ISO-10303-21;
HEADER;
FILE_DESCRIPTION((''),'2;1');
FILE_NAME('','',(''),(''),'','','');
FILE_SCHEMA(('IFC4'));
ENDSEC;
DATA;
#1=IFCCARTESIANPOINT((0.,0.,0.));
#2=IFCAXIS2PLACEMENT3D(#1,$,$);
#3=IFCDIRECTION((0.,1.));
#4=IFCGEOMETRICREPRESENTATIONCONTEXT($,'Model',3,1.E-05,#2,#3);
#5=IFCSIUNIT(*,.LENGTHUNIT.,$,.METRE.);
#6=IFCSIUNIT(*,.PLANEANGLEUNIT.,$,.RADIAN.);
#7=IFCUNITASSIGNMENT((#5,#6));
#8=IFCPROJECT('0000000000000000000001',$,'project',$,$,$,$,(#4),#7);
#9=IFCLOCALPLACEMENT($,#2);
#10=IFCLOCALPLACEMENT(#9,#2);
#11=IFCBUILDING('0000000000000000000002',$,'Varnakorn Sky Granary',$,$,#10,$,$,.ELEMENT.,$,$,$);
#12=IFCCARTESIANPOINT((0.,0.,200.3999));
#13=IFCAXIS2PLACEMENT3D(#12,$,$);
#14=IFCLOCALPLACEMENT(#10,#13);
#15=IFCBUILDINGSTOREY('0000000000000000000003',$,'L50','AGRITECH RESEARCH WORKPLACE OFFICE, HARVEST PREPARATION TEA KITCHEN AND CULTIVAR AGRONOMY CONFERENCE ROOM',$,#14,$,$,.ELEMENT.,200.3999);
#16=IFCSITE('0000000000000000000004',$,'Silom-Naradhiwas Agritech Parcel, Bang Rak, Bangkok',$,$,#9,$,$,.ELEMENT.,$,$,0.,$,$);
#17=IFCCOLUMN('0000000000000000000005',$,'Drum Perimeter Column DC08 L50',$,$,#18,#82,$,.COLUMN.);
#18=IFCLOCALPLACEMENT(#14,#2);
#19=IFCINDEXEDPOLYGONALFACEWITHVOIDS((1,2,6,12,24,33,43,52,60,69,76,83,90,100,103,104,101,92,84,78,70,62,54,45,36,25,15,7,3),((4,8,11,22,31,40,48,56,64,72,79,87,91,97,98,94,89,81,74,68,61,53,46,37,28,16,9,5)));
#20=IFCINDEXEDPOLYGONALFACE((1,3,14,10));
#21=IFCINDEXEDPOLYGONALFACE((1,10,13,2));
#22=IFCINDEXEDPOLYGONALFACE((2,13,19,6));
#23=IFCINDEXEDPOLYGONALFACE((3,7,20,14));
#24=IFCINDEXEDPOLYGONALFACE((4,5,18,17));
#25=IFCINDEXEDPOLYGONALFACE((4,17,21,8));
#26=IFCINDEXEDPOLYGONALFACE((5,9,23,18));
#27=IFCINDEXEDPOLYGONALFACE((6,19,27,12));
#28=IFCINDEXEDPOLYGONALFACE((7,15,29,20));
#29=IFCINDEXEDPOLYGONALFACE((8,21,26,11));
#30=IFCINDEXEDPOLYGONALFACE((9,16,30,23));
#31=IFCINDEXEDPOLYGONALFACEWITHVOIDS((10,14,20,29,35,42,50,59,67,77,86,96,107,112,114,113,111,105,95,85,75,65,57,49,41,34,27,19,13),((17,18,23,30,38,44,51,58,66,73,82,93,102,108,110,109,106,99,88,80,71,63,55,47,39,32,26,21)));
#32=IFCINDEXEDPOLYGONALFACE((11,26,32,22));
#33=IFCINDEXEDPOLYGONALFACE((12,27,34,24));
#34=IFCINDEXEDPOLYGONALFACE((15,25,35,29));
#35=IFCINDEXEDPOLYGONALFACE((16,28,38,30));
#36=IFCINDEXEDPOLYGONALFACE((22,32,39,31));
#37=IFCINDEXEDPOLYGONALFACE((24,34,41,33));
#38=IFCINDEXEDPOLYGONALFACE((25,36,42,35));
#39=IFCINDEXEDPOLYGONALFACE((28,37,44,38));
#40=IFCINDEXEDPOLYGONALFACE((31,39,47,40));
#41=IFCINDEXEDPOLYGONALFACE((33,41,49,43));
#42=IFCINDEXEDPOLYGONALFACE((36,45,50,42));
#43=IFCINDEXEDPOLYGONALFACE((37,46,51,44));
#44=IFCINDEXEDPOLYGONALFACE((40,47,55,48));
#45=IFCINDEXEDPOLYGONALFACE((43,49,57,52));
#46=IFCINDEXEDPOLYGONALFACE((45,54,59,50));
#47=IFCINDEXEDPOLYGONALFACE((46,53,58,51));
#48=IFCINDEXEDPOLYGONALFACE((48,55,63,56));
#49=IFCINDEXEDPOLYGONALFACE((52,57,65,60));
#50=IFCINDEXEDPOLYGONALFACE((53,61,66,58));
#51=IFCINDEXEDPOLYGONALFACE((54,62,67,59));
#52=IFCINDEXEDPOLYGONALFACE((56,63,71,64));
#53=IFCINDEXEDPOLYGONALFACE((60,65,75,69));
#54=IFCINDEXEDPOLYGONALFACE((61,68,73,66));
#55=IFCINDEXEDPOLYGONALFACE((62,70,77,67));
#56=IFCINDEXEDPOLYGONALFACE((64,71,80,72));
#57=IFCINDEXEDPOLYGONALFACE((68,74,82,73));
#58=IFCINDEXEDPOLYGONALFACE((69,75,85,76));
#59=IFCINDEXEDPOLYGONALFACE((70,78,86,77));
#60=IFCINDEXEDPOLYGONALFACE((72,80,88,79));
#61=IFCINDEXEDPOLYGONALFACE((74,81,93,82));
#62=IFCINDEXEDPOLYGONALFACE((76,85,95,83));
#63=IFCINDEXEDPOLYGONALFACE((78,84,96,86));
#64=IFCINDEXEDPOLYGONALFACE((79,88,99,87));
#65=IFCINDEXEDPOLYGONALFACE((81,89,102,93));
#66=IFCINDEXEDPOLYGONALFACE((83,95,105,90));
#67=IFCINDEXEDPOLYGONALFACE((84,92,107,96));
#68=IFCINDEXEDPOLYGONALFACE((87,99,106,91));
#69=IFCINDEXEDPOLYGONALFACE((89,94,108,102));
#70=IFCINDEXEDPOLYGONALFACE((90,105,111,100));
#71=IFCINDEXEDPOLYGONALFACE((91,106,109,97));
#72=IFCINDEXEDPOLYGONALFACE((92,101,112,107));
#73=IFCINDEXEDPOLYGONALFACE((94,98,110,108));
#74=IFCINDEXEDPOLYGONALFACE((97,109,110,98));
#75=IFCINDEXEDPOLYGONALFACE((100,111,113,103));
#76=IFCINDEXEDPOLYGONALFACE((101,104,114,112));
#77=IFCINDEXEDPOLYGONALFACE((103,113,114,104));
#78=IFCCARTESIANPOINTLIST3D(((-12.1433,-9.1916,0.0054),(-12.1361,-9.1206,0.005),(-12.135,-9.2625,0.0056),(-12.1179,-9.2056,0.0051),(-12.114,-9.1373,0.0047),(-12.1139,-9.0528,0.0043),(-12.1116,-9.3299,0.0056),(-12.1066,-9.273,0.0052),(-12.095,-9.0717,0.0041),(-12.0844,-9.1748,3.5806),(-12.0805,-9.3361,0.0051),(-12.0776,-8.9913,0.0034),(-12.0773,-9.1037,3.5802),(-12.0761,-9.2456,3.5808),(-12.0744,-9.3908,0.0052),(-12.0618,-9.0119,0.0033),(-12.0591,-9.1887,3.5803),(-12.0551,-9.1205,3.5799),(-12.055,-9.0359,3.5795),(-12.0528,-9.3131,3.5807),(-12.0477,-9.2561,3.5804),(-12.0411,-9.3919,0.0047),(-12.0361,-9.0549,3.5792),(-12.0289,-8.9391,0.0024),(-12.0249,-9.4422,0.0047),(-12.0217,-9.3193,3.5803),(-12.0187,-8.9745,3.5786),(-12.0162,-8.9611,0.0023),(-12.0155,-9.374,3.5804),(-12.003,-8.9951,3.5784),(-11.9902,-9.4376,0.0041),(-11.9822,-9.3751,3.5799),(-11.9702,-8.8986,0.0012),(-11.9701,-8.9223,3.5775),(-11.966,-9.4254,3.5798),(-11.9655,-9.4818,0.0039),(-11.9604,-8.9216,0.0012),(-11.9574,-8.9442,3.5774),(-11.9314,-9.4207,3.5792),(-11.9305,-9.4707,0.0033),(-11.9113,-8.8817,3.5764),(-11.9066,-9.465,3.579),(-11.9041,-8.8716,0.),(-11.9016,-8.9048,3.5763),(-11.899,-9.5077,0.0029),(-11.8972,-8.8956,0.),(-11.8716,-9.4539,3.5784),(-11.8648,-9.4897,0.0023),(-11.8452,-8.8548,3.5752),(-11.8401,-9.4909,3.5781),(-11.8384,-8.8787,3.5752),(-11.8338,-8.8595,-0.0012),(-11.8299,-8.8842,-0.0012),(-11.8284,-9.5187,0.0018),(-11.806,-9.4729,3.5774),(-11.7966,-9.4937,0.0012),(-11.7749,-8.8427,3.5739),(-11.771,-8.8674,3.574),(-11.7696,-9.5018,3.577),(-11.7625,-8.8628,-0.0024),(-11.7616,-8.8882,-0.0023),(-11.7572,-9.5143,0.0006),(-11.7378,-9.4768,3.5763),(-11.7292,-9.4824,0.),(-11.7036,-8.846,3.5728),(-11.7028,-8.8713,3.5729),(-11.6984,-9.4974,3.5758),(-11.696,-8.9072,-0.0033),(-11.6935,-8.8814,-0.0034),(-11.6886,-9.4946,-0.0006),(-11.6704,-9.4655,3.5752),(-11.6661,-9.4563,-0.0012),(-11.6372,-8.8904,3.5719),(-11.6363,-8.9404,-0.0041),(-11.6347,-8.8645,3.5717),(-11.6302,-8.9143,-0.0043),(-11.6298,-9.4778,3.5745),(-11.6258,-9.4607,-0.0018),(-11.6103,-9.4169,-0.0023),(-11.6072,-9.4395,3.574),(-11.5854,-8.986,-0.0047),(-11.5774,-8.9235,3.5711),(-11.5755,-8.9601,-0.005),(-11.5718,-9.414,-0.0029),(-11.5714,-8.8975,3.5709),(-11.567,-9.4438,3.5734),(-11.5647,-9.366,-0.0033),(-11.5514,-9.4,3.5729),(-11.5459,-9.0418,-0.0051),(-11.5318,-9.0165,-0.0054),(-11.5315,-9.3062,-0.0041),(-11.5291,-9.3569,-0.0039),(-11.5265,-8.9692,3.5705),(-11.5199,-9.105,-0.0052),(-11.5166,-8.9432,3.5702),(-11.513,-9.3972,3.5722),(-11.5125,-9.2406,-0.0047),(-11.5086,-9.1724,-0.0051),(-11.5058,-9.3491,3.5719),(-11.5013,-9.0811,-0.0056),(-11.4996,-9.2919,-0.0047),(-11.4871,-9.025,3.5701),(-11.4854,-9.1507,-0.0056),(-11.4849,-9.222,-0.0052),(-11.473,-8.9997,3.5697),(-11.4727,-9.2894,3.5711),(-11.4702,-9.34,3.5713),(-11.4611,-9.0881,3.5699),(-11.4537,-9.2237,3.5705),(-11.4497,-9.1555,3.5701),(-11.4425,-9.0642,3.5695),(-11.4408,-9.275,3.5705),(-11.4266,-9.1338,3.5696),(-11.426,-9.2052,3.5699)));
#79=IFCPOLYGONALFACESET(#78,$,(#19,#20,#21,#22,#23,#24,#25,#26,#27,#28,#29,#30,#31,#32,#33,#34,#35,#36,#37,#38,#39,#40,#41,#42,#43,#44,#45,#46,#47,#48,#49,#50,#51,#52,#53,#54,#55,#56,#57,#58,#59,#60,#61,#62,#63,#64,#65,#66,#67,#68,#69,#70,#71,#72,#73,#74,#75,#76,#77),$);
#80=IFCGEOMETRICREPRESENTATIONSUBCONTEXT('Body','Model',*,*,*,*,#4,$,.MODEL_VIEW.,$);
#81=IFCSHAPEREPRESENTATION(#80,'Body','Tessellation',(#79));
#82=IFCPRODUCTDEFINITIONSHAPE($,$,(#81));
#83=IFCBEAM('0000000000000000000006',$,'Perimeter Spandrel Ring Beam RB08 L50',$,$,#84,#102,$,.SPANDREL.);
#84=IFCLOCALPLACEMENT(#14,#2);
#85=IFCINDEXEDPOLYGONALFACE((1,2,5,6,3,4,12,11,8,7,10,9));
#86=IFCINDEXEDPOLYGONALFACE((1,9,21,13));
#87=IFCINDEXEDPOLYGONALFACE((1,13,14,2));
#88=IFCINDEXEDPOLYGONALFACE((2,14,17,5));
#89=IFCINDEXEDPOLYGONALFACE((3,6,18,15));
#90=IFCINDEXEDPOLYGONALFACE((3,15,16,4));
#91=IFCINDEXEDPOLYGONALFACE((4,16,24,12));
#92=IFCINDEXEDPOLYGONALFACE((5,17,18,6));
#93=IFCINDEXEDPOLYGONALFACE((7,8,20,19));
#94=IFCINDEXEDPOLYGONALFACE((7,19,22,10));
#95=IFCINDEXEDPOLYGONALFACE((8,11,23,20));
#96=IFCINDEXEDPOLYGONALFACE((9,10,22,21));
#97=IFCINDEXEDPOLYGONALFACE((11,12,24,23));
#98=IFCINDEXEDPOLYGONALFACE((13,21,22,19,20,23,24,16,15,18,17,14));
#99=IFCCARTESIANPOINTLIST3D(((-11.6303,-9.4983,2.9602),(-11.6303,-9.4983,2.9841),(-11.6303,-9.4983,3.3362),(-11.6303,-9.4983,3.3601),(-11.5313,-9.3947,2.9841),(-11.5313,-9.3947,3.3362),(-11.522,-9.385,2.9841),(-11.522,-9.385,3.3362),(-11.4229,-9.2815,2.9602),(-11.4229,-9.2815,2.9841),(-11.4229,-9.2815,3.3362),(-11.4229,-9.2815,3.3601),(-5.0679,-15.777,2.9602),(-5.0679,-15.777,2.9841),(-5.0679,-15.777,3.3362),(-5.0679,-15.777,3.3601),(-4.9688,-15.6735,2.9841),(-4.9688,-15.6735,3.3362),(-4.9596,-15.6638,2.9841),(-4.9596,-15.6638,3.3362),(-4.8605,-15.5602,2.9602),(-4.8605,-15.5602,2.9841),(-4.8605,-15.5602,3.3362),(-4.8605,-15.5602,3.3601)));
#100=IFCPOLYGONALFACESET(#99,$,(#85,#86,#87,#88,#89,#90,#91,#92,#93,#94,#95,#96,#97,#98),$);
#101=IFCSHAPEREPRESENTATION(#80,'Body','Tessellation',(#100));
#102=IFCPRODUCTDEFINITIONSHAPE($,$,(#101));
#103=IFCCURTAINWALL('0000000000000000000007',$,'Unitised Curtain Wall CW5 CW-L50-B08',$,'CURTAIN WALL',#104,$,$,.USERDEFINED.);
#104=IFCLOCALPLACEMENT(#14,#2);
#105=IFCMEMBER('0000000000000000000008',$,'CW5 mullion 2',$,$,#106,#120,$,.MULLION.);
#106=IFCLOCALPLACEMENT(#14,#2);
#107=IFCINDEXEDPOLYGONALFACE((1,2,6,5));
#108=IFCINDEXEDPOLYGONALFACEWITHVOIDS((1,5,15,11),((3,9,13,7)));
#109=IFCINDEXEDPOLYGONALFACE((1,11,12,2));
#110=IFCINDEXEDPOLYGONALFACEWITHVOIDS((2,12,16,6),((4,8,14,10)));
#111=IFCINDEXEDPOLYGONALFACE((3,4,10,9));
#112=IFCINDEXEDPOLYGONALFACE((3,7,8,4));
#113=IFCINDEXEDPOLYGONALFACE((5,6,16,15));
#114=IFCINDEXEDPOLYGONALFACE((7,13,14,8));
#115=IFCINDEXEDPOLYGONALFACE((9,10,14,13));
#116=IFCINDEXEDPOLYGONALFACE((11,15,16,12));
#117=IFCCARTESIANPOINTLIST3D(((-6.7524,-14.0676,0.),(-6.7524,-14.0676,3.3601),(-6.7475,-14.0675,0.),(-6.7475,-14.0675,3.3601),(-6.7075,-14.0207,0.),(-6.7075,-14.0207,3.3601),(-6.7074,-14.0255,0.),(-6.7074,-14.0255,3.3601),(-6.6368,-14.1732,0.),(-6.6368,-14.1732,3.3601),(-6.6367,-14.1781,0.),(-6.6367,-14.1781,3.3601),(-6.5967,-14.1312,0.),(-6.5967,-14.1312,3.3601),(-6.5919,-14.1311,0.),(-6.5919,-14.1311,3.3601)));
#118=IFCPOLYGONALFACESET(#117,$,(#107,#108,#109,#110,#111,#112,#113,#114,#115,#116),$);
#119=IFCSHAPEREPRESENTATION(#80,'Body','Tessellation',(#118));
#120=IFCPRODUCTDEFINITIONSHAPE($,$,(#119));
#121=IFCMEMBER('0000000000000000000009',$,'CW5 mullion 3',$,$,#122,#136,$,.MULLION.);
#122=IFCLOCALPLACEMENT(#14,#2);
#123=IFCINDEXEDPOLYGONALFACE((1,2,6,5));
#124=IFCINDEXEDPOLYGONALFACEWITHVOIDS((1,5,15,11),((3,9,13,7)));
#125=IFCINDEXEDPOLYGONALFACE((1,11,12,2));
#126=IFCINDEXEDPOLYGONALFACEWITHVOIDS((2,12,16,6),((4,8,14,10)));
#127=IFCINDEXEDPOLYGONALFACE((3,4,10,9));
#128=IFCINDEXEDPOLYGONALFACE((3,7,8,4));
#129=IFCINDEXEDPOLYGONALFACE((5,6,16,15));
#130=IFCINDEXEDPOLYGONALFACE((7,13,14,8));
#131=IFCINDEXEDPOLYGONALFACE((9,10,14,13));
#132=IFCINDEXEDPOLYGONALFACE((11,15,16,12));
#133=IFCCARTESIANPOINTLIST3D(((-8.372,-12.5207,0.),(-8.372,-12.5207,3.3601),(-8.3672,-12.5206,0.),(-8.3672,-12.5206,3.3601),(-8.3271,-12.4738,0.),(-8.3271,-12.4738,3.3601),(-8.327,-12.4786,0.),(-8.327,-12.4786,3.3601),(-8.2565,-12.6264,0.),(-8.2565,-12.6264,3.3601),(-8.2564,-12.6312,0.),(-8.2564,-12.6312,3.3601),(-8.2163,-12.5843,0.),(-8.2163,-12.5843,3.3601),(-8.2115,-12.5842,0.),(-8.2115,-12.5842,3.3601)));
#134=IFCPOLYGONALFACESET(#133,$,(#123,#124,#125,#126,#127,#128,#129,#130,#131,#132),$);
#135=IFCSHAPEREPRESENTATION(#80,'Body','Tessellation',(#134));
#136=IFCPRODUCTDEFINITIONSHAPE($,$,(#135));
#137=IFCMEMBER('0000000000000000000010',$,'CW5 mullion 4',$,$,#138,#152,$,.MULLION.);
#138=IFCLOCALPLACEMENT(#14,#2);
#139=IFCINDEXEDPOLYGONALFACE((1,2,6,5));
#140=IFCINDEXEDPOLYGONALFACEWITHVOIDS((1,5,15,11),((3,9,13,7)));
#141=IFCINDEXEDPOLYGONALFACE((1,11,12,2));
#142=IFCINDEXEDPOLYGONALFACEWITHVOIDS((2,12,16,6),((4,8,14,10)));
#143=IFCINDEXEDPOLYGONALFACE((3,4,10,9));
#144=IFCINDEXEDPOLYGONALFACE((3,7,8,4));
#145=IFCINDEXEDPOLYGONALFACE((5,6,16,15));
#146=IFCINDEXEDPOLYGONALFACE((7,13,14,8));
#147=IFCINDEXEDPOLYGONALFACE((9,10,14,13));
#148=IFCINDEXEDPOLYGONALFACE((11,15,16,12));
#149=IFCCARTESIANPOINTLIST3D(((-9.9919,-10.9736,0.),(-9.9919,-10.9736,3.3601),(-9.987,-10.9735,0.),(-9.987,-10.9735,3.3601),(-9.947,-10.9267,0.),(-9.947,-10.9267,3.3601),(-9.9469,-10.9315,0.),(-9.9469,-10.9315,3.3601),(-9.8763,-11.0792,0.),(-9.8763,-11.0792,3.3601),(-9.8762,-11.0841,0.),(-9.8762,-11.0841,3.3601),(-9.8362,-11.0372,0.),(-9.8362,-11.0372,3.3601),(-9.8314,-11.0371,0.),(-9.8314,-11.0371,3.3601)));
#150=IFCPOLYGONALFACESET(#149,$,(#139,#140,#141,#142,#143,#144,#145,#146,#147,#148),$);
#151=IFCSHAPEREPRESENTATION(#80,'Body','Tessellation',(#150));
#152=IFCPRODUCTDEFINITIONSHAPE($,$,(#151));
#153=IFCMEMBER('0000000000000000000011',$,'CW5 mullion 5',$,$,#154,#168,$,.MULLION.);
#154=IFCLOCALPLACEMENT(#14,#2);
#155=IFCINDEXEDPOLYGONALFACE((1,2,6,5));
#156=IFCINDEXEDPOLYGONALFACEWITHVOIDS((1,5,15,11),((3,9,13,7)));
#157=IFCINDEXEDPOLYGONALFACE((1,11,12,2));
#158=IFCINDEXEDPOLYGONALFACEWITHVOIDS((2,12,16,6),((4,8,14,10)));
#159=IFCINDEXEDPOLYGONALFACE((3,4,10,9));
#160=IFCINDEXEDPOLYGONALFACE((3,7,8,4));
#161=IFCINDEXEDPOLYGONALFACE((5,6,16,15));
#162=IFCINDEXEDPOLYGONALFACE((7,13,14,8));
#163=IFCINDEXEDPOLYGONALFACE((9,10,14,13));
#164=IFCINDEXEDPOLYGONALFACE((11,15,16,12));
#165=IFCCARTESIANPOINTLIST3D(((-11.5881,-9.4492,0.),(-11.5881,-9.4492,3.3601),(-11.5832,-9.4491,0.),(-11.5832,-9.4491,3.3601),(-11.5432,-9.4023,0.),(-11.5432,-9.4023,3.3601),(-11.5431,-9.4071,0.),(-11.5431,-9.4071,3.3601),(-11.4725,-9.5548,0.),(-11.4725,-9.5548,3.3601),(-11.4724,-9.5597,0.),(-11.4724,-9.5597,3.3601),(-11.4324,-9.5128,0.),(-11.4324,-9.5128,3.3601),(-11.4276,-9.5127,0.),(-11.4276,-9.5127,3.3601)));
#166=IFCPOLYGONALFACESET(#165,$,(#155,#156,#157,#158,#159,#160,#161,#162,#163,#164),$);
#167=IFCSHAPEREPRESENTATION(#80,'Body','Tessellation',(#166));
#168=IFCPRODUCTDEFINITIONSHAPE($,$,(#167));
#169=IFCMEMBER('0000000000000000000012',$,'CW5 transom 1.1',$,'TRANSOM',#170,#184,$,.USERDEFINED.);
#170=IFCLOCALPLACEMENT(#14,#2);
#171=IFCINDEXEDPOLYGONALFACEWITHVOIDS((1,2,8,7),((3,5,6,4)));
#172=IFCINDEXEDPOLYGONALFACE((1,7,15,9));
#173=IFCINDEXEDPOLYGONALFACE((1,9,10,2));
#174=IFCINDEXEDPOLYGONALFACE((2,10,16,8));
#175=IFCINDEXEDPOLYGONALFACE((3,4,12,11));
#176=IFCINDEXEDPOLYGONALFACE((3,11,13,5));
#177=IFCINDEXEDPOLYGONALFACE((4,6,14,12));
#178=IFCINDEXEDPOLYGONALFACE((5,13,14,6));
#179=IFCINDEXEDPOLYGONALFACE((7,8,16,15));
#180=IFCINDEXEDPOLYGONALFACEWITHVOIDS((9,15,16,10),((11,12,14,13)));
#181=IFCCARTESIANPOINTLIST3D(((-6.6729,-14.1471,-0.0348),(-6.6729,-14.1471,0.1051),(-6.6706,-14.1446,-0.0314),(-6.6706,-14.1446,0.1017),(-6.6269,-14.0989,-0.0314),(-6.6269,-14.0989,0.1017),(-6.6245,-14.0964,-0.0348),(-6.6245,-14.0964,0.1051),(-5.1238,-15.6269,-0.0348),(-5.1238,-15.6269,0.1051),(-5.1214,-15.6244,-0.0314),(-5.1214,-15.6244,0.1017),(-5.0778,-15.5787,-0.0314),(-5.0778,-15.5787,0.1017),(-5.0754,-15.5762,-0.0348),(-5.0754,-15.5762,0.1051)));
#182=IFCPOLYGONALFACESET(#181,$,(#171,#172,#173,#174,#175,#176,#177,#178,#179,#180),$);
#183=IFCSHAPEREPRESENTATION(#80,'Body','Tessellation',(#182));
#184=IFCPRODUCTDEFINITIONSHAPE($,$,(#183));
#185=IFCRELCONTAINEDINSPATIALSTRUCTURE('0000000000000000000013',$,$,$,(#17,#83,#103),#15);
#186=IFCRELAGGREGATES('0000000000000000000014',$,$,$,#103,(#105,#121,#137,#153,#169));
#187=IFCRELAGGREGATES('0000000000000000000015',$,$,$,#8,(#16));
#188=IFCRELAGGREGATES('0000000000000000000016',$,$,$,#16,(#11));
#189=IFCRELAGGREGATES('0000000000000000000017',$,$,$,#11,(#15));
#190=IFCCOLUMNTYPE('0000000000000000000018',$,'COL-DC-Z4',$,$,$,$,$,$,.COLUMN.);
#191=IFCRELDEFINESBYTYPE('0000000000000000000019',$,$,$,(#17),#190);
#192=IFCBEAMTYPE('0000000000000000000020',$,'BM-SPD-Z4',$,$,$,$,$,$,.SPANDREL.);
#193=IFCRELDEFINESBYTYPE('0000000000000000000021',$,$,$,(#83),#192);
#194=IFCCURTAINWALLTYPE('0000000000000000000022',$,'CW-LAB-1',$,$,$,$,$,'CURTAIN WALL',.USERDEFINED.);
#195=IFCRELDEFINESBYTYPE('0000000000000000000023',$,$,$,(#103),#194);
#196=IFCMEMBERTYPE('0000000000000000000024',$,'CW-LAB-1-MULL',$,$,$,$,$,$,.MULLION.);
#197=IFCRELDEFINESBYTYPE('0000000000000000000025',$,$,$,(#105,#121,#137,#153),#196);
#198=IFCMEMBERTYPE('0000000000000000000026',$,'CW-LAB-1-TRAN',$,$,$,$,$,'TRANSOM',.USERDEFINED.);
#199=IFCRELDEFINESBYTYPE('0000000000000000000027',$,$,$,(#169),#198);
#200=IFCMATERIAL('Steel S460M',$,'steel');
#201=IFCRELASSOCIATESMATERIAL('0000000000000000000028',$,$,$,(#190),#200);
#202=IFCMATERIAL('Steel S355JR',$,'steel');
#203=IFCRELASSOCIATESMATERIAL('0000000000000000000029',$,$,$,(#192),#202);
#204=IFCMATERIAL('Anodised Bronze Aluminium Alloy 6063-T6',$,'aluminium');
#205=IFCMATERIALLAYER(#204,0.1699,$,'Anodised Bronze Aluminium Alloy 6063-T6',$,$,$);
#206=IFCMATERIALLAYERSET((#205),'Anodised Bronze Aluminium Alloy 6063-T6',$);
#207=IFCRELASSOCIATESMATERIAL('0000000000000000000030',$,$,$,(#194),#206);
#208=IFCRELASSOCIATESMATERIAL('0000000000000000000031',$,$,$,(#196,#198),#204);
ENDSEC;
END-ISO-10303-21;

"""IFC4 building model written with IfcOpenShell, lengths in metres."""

from ifc_helpers import new_model, si_unit, direction, frame, origin, origin_2d, place, context, subcontext, project, spatial, hollow_rectangle, hollow_circle, i_section, extrude, material, layer, layer_set, material_profile, profile_set, type_object, element, aggregate, save


model = new_model("IFC4")

# Units and contexts
model_context = context("Model", 3, precision=1e-05, world=origin(), true_north=direction((0.0, 1.0)))
body_context = subcontext(model_context, "Body", "Model", "MODEL_VIEW")
ifc_project = project(units=[si_unit("LENGTHUNIT", "METRE"), si_unit("PLANEANGLEUNIT", "RADIAN")], contexts=[model_context])

# Site, building, storey
site_placement = place(None, origin())
site = spatial("IfcSite", under=ifc_project, at=site_placement, Name="Silom-Naradhiwas Agritech Parcel, Bang Rak, Bangkok", CompositionType="ELEMENT", RefElevation=0.0)
building_placement = place(site_placement, origin())
building = spatial("IfcBuilding", under=site, at=building_placement, Name="Varnakorn Sky Granary", CompositionType="ELEMENT")
storey_placement = place(building_placement, frame((0.0, 0.0, 200.3999)))
storey = spatial("IfcBuildingStorey", under=building, at=storey_placement, Name="L50", Description="AGRITECH RESEARCH WORKPLACE OFFICE, HARVEST PREPARATION TEA KITCHEN AND CULTIVAR AGRONOMY CONFERENCE ROOM", CompositionType="ELEMENT", Elevation=200.3999)

# Column
ifc_material_1 = material(Name="Steel S460M", Category="steel")
ifc_material_profile_1 = material_profile(ifc_material_1, hollow_circle(Radius=0.3301, WallThickness=0.0249, at=origin_2d()), Name="CHS 660x25")
ifc_profile_set_1 = profile_set([ifc_material_profile_1], Name="Steel S460M")
column_type = type_object("IfcColumnType", Name="COL-DC-Z4", PredefinedType="COLUMN", material=ifc_profile_set_1)
column_placement = place(storey_placement, frame((-11.8132, -9.189, 0.0), z_axis=(0.016455, 0.004711, 0.999854), x_axis=(-0.275248, 0.961373, 0.0)))
element("IfcColumn", 1, at=column_placement, inside=storey, type_object=column_type, Name="Drum Perimeter Column DC08 L50", PredefinedType="COLUMN", context=body_context, shape_type="SweptSolid", body=[
    extrude(hollow_circle(Radius=0.3301, WallThickness=0.0249, at=origin_2d()), origin(), (0.0, 0.0, 1.0), 3.5757),
])

# Beam
ifc_material_2 = material(Name="Steel S355JR", Category="steel")
ifc_material_profile_2 = material_profile(ifc_material_2, i_section(OverallWidth=0.3, OverallDepth=0.3999, WebThickness=0.0134, FlangeThickness=0.0239, at=origin_2d()), Name="HE 400 B")
ifc_profile_set_2 = profile_set([ifc_material_profile_2], Name="Steel S355JR")
beam_type = type_object("IfcBeamType", Name="BM-SPD-Z4", PredefinedType="SPANDREL", material=ifc_profile_set_2)
beam_placement = place(storey_placement, frame((-11.5266, -9.3899, 3.1602), z_axis=(0.722552, -0.691317, 0.0), x_axis=(0.691317, 0.722552, 0.0)))
element("IfcBeam", 2, at=beam_placement, inside=storey, type_object=beam_type, Name="Perimeter Spandrel Ring Beam RB08 L50", PredefinedType="SPANDREL", context=body_context, shape_type="SweptSolid", body=[
    extrude(i_section(OverallWidth=0.3, OverallDepth=0.3999, WebThickness=0.0134, FlangeThickness=0.0239, at=origin_2d()), origin(), (0.0, 0.0, 1.0), 9.0823),
])

# Curtain wall, members
ifc_material_3 = material(Name="Anodised Bronze Aluminium Alloy 6063-T6", Category="aluminium")
ifc_layer_1 = layer(ifc_material_3, 0.1699, Name="Anodised Bronze Aluminium Alloy 6063-T6")
ifc_layer_set_1 = layer_set([ifc_layer_1], Name="Anodised Bronze Aluminium Alloy 6063-T6")
curtain_wall_type = type_object("IfcCurtainWallType", Name="CW-LAB-1", ElementType="CURTAIN WALL", PredefinedType="USERDEFINED", material=ifc_layer_set_1)
curtain_wall_placement = place(storey_placement, origin())
curtain_wall = element("IfcCurtainWall", 3, at=curtain_wall_placement, inside=storey, type_object=curtain_wall_type, Name="Unitised Curtain Wall CW5 CW-L50-B08", ObjectType="CURTAIN WALL", PredefinedType="USERDEFINED")
ifc_material_profile_3 = material_profile(ifc_material_3, hollow_rectangle(XDim=0.0649, YDim=0.1599, WallThickness=0.0034, at=origin_2d()), Name="ALU MULL 65x160")
ifc_profile_set_3 = profile_set([ifc_material_profile_3], Name="Anodised Bronze Aluminium Alloy 6063-T6")
member_type_1 = type_object("IfcMemberType", Name="CW-LAB-1-MULL", PredefinedType="MULLION", material=ifc_profile_set_3)
member_1_placement = place(storey_placement, frame((-6.6721, -14.0994, 0.0), z_axis=(0.0, 0.0, 1.0), x_axis=(-0.690697, -0.723144, 0.0)))
member_1 = element("IfcMember", 4, at=member_1_placement, type_object=member_type_1, Name="CW5 mullion 2", PredefinedType="MULLION", context=body_context, shape_type="SweptSolid", body=[
    extrude(hollow_rectangle(XDim=0.0649, YDim=0.1599, WallThickness=0.0034, at=origin_2d()), origin(), (0.0, 0.0, 1.0), 3.3601),
])
member_2_placement = place(storey_placement, frame((-8.2917, -12.5525, 0.0), z_axis=(0.0, 0.0, 1.0), x_axis=(-0.690697, -0.723144, 0.0)))
member_2 = element("IfcMember", 5, at=member_2_placement, type_object=member_type_1, Name="CW5 mullion 3", PredefinedType="MULLION", context=body_context, shape_type="SweptSolid", body=[
    extrude(hollow_rectangle(XDim=0.0649, YDim=0.1599, WallThickness=0.0034, at=origin_2d()), origin(), (0.0, 0.0, 1.0), 3.3601),
])
member_3_placement = place(storey_placement, frame((-9.9116, -11.0054, 0.0), z_axis=(0.0, 0.0, 1.0), x_axis=(-0.690697, -0.723144, 0.0)))
member_3 = element("IfcMember", 6, at=member_3_placement, type_object=member_type_1, Name="CW5 mullion 4", PredefinedType="MULLION", context=body_context, shape_type="SweptSolid", body=[
    extrude(hollow_rectangle(XDim=0.0649, YDim=0.1599, WallThickness=0.0034, at=origin_2d()), origin(), (0.0, 0.0, 1.0), 3.3601),
])
member_4_placement = place(storey_placement, frame((-11.5078, -9.481, 0.0), z_axis=(0.0, 0.0, 1.0), x_axis=(-0.690697, -0.723144, 0.0)))
member_4 = element("IfcMember", 7, at=member_4_placement, type_object=member_type_1, Name="CW5 mullion 5", PredefinedType="MULLION", context=body_context, shape_type="SweptSolid", body=[
    extrude(hollow_rectangle(XDim=0.0649, YDim=0.1599, WallThickness=0.0034, at=origin_2d()), origin(), (0.0, 0.0, 1.0), 3.3601),
])
ifc_material_profile_4 = material_profile(ifc_material_3, hollow_rectangle(XDim=0.0701, YDim=0.1399, WallThickness=0.0034, at=origin_2d()), Name="ALU TRAN 70x140")
ifc_profile_set_4 = profile_set([ifc_material_profile_4], Name="Anodised Bronze Aluminium Alloy 6063-T6")
member_type_2 = type_object("IfcMemberType", Name="CW-LAB-1-TRAN", ElementType="TRANSOM", PredefinedType="USERDEFINED", material=ifc_profile_set_4)
member_5_placement = place(storey_placement, frame((-5.0996, -15.6016, 0.0352), z_axis=(-0.723105, 0.690739, 0.0), x_axis=(-0.690739, -0.723105, 0.0)))
member_5 = element("IfcMember", 8, at=member_5_placement, type_object=member_type_2, Name="CW5 transom 1.1", ObjectType="TRANSOM", PredefinedType="USERDEFINED", context=body_context, shape_type="SweptSolid", body=[
    extrude(hollow_rectangle(XDim=0.0701, YDim=0.1399, WallThickness=0.0034, at=origin_2d()), origin(), (0.0, 0.0, 1.0), 2.1423),
])

aggregate(curtain_wall, [member_1, member_2, member_3, member_4, member_5])

save(model, "model.ifc")
